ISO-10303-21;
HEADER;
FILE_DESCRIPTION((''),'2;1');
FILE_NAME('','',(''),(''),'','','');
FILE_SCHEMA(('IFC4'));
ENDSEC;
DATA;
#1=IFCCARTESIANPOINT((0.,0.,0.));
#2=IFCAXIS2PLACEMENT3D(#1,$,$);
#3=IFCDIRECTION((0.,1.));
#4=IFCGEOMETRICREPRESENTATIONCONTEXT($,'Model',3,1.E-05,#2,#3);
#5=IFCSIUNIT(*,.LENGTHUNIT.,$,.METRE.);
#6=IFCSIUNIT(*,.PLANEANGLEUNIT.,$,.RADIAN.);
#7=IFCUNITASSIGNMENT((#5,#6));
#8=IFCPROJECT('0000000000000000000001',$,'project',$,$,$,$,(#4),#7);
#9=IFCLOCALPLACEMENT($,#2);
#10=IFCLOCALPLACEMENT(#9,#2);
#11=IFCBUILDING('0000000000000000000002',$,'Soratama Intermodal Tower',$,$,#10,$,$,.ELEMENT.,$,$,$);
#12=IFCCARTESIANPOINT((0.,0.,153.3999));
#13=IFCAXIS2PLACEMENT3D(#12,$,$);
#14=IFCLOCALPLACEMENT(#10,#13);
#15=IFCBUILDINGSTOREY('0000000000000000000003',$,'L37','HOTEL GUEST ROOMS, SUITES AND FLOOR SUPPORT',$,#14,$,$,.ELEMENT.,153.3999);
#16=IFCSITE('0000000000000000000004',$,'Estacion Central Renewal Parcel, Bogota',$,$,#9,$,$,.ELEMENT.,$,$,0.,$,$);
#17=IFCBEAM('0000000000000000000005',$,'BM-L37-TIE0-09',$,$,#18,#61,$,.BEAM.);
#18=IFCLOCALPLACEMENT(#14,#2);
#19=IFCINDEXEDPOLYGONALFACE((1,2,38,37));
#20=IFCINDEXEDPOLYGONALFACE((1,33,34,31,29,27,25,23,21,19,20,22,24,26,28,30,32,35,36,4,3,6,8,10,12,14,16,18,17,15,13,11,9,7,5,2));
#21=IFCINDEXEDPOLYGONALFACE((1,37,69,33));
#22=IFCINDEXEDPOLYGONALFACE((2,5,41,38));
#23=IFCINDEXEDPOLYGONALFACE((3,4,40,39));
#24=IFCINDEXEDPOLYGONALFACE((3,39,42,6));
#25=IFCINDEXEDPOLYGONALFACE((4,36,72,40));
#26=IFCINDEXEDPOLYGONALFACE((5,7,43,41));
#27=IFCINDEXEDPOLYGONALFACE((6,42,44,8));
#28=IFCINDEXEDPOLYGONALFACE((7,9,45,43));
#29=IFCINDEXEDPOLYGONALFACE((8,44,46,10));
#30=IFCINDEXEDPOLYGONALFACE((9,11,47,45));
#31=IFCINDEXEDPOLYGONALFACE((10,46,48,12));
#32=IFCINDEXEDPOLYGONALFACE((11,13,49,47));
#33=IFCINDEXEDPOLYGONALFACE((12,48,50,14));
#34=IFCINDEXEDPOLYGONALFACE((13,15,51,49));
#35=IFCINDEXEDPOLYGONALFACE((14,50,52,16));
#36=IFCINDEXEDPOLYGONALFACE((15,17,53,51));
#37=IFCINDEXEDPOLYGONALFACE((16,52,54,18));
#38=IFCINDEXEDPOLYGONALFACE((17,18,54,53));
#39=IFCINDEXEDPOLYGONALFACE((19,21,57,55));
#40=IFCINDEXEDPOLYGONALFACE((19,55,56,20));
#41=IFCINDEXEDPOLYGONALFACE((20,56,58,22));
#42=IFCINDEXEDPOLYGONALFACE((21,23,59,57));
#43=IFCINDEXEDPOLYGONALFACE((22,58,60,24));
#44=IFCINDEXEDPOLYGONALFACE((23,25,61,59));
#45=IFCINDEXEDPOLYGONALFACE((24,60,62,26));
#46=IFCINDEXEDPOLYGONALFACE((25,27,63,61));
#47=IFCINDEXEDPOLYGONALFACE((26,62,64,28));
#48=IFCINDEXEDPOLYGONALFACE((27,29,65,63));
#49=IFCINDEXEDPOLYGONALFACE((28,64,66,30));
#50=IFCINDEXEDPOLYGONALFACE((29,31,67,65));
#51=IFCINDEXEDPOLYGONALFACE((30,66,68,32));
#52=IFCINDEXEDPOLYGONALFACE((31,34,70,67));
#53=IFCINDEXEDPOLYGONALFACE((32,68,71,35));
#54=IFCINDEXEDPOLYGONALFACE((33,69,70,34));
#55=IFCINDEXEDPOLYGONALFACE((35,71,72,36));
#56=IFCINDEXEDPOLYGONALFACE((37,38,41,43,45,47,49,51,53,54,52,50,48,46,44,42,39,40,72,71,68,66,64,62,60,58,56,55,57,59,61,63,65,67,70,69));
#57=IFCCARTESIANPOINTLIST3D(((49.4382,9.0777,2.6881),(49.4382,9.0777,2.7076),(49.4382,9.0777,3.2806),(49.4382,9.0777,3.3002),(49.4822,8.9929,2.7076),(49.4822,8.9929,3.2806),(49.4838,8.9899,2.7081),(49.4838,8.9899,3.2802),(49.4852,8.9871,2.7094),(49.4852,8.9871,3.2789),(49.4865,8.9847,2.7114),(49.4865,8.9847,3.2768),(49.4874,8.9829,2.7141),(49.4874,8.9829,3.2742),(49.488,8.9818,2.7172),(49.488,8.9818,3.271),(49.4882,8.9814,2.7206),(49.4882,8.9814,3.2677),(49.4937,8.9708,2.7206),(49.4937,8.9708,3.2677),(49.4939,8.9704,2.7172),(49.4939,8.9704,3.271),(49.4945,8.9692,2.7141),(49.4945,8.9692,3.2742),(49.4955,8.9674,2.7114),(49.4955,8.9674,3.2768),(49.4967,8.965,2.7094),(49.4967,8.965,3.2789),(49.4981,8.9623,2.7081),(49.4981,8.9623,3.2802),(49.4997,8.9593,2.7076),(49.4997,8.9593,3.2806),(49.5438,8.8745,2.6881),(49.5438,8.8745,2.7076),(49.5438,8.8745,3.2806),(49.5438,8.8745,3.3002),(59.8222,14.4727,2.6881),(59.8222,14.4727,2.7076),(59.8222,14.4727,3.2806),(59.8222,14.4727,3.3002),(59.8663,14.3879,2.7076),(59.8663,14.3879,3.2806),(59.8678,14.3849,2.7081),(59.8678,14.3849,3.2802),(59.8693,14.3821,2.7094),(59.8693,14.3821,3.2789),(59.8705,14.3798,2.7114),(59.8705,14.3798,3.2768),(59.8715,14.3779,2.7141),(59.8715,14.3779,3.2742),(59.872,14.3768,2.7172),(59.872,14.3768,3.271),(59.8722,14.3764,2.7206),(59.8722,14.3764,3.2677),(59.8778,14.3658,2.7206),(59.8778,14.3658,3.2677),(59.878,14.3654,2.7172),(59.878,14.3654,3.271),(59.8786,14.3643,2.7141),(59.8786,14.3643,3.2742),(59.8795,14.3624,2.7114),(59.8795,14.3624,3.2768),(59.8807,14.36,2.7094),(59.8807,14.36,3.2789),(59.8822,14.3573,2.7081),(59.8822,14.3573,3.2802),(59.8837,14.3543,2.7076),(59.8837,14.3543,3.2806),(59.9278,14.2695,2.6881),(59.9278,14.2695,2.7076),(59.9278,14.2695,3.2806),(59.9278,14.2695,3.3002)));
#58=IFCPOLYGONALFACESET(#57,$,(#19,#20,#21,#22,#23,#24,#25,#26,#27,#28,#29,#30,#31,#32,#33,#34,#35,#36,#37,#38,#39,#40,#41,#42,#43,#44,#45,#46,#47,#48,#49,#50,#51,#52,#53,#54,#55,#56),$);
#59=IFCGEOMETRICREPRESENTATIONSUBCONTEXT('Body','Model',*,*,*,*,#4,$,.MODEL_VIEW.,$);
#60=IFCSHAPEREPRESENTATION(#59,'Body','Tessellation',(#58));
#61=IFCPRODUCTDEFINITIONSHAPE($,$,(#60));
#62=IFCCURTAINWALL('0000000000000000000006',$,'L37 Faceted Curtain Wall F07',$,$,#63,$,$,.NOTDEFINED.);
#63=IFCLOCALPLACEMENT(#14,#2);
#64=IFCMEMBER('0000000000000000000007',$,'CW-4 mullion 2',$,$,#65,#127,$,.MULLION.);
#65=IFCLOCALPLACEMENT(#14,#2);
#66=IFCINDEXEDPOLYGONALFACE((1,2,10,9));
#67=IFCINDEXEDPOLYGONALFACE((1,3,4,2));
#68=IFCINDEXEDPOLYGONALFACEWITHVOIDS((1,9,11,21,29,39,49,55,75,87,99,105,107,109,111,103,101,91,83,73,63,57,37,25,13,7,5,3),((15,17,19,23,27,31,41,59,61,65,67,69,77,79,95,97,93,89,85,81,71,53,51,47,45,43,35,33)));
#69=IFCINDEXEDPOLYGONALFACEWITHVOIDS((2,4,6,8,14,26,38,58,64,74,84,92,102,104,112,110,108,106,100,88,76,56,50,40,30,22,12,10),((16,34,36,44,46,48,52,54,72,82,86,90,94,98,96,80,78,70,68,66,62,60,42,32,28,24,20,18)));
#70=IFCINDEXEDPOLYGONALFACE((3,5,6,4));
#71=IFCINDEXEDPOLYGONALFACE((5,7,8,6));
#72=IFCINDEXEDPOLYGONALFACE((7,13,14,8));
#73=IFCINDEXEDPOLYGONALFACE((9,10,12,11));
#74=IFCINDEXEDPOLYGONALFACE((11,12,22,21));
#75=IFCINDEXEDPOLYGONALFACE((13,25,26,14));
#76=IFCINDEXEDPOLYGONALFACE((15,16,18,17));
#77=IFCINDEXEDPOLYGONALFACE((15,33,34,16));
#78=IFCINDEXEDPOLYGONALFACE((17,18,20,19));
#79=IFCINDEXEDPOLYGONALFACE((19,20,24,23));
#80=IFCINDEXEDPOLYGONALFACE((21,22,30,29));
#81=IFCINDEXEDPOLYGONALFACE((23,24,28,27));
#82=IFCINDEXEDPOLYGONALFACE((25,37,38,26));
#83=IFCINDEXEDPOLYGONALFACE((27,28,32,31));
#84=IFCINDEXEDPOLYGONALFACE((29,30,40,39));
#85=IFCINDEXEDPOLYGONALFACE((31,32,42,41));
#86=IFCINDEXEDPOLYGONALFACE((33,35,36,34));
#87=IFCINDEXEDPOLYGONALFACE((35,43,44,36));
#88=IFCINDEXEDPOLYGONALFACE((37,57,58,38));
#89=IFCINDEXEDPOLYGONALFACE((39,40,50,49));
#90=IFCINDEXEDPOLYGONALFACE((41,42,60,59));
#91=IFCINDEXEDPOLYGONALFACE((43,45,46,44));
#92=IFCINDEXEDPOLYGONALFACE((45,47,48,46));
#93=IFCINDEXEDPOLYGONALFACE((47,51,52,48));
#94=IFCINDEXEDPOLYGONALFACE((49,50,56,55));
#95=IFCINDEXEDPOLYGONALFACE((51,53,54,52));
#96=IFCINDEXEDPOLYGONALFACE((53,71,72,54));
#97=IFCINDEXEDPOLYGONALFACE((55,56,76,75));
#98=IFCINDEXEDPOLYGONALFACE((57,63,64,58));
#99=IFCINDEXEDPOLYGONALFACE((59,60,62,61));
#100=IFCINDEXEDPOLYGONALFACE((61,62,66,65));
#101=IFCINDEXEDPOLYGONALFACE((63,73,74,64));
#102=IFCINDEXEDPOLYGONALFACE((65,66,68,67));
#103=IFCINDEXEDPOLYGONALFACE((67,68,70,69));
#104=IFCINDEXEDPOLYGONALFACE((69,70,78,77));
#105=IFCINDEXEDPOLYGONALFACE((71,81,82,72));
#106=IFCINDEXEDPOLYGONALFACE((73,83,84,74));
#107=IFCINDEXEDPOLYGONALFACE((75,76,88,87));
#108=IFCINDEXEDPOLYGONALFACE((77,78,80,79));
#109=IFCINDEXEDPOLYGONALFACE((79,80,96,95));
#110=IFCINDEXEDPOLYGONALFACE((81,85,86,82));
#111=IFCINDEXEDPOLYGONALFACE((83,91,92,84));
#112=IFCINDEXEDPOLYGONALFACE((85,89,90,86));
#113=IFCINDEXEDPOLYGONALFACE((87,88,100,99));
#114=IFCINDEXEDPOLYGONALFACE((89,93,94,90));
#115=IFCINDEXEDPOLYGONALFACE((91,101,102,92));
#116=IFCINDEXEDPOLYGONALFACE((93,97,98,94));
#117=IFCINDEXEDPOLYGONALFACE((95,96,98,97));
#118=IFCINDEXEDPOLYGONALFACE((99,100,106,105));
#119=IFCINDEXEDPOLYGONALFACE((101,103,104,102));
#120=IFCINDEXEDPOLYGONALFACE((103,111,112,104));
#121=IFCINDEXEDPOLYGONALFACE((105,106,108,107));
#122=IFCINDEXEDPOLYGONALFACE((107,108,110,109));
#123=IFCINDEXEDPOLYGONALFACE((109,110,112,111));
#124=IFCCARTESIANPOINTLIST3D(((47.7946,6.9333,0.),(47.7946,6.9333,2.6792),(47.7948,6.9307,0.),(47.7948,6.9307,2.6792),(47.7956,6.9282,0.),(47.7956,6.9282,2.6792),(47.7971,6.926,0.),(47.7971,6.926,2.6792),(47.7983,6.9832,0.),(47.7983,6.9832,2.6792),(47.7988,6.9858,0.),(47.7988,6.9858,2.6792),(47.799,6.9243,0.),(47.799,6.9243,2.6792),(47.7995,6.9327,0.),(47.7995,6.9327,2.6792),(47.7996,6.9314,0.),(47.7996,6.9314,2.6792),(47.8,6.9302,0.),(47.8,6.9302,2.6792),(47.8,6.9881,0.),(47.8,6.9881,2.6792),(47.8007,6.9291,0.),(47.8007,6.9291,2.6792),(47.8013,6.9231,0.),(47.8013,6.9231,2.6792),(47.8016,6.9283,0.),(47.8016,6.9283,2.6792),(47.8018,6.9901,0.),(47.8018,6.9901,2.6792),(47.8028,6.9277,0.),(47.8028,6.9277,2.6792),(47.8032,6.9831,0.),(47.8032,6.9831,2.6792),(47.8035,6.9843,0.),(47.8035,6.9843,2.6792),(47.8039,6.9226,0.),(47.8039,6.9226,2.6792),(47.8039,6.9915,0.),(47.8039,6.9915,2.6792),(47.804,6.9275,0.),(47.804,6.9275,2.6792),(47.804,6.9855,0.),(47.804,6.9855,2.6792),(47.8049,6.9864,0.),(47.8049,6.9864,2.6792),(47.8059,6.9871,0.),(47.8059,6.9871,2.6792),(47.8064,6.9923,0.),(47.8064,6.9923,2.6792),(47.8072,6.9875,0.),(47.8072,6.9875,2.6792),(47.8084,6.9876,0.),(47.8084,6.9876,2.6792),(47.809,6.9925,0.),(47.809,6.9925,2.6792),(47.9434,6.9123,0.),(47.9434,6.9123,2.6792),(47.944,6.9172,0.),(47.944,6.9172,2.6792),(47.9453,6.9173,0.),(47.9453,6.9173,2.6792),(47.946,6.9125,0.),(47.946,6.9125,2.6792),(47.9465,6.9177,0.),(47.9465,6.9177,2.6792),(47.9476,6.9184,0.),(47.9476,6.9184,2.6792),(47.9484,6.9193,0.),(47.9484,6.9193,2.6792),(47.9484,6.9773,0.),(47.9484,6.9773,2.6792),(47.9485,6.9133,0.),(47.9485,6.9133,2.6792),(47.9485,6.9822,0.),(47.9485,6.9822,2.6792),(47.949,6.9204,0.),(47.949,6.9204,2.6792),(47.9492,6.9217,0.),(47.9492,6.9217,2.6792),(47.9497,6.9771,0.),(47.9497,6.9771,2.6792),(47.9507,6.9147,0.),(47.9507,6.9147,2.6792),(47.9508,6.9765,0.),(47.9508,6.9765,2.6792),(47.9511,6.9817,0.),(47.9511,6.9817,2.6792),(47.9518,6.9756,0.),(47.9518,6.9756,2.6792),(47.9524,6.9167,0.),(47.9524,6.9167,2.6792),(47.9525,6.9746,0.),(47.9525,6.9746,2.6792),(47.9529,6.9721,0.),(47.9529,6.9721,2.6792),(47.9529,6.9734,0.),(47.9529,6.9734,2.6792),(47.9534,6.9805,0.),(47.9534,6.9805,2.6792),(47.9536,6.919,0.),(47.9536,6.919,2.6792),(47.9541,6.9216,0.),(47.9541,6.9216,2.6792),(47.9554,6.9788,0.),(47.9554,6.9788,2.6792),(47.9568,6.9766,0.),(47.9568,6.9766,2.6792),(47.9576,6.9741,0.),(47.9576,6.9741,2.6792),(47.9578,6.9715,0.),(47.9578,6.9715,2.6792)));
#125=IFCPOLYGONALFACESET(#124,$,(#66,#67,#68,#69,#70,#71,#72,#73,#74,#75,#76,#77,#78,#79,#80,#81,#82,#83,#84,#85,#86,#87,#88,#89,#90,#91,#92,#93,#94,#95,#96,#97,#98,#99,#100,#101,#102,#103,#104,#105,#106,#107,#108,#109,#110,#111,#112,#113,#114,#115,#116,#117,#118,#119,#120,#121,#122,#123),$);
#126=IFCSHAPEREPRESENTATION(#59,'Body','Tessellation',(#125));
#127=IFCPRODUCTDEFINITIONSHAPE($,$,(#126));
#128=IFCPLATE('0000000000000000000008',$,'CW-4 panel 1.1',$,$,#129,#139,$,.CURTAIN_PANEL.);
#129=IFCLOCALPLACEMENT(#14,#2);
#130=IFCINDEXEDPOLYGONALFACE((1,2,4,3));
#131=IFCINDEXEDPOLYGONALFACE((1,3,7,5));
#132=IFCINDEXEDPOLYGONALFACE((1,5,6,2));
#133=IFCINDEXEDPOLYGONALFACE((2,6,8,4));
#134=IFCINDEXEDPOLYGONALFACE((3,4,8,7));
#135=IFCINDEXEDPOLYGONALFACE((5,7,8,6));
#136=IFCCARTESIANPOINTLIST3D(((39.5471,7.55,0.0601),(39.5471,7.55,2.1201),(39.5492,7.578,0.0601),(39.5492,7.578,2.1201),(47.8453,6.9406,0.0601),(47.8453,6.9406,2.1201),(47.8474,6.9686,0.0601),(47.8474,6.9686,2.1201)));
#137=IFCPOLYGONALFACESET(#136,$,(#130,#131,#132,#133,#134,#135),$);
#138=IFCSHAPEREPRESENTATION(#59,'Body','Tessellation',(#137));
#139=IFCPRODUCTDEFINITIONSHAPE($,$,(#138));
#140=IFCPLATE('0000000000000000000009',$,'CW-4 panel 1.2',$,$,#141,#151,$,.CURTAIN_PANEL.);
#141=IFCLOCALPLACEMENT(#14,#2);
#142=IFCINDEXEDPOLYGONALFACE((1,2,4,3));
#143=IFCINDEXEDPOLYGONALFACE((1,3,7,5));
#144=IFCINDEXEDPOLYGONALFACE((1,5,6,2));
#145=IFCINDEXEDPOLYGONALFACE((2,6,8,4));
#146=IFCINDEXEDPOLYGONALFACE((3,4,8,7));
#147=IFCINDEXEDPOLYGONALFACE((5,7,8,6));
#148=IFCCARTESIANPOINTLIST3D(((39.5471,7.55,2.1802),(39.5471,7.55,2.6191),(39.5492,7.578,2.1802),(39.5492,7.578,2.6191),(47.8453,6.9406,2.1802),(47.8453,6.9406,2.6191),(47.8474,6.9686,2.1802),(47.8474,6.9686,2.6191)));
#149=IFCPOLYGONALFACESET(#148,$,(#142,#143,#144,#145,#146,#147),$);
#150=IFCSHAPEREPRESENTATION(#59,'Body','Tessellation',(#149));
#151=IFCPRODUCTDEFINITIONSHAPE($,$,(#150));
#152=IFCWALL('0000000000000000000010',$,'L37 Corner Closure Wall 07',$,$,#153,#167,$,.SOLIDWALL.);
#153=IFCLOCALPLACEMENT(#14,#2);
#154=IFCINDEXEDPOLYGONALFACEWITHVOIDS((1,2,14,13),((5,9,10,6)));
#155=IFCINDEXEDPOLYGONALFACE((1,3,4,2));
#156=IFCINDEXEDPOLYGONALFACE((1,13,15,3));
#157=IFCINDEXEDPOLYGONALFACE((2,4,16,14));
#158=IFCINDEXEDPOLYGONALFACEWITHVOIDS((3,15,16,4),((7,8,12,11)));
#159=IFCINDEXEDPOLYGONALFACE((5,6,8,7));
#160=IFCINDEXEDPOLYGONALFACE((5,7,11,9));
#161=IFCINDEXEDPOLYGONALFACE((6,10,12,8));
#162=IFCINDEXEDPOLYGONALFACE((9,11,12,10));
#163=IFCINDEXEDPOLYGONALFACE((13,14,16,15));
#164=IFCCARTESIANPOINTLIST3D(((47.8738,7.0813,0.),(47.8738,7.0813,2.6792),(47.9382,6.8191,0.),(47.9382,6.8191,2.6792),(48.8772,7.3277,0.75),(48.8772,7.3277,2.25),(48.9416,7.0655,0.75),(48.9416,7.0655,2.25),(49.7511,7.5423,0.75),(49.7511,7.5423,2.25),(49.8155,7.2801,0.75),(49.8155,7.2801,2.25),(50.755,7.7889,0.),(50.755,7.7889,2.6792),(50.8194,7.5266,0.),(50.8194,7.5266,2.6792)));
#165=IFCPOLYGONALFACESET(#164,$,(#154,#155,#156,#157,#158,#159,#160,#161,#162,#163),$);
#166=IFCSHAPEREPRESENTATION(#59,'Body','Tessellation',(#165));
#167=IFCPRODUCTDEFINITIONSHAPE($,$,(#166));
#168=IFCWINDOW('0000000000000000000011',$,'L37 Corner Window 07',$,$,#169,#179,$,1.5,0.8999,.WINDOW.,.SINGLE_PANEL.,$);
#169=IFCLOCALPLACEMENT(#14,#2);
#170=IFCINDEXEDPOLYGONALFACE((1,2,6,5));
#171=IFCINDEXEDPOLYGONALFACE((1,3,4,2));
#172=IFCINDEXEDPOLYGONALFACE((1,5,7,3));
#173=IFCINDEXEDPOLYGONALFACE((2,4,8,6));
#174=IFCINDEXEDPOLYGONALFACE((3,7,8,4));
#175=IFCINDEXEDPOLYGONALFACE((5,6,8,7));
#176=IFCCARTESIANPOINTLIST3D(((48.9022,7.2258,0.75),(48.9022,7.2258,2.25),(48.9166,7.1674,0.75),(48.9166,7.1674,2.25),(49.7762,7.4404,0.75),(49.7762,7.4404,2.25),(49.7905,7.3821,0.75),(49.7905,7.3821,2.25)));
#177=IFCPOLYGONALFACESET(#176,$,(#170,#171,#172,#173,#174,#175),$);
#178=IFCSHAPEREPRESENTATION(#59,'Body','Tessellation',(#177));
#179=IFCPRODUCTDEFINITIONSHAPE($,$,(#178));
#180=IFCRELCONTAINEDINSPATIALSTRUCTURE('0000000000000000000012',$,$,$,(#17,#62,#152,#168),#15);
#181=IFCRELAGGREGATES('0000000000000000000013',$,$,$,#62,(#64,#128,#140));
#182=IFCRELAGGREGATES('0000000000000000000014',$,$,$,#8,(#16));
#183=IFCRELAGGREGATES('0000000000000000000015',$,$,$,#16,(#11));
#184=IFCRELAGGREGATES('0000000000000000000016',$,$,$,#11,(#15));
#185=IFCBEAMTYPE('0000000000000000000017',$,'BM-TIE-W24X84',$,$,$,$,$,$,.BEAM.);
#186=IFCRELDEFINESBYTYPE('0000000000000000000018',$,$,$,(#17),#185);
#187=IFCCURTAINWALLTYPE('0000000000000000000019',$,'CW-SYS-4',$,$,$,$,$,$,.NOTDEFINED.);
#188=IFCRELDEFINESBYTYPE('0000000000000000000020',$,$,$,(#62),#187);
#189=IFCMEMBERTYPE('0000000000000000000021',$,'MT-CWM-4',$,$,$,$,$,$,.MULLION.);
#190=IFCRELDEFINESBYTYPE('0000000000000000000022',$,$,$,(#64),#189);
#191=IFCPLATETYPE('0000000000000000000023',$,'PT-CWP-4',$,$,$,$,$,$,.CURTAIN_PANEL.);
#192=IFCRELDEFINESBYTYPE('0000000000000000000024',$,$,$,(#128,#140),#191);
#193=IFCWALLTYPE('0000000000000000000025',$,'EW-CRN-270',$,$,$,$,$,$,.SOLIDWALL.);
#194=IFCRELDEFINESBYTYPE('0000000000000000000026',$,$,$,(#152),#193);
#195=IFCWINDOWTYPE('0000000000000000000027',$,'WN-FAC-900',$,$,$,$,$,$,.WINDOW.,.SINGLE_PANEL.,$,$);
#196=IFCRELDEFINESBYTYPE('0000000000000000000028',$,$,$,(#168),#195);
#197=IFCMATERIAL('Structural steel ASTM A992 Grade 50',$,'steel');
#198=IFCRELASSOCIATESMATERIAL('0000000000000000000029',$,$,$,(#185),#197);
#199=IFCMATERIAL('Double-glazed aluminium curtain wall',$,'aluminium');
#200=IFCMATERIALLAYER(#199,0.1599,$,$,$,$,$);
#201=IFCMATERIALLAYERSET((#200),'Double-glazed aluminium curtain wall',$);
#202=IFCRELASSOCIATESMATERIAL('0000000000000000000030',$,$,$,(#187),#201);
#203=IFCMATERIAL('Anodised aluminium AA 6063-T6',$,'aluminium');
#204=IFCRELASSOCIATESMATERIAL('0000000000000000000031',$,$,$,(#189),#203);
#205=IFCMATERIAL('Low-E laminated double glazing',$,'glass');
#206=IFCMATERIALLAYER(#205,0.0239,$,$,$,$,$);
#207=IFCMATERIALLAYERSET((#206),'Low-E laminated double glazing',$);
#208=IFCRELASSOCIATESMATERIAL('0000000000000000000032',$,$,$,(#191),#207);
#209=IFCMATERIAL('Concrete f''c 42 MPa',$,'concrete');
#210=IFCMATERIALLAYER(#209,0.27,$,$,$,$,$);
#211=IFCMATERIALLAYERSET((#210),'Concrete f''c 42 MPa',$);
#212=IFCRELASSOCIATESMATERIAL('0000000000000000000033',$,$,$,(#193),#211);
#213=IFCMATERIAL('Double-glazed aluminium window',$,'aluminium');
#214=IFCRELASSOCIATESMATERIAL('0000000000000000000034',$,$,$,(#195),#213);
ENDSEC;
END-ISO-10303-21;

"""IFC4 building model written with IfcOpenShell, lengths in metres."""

from ifc_helpers import new_model, si_unit, direction, frame, frame_2d, origin, origin_2d, place, context, subcontext, project, spatial, rectangle, hollow_rectangle, i_section, extrude, material, layer, layer_set, material_profile, profile_set, type_object, element, fill, aggregate, save


model = new_model("IFC4")

# Units and contexts
model_context = context("Model", 3, precision=1e-05, world=origin(), true_north=direction((0.0, 1.0)))
body_context = subcontext(model_context, "Body", "Model", "MODEL_VIEW")
ifc_project = project(units=[si_unit("LENGTHUNIT", "METRE"), si_unit("PLANEANGLEUNIT", "RADIAN")], contexts=[model_context])

# Site, building, storey
site_placement = place(None, origin())
site = spatial("IfcSite", under=ifc_project, at=site_placement, Name="Estacion Central Renewal Parcel, Bogota", CompositionType="ELEMENT", RefElevation=0.0)
building_placement = place(site_placement, origin())
building = spatial("IfcBuilding", under=site, at=building_placement, Name="Soratama Intermodal Tower", CompositionType="ELEMENT")
storey_placement = place(building_placement, frame((0.0, 0.0, 153.3999)))
storey = spatial("IfcBuildingStorey", under=building, at=storey_placement, Name="L37", Description="HOTEL GUEST ROOMS, SUITES AND FLOOR SUPPORT", CompositionType="ELEMENT", Elevation=153.3999)

# Beam
ifc_material_1 = material(Name="Structural steel ASTM A992 Grade 50", Category="steel")
ifc_material_profile_1 = material_profile(ifc_material_1, i_section(OverallWidth=0.229, OverallDepth=0.6121, WebThickness=0.012, FlangeThickness=0.0195, FilletRadius=0.0129, at=origin_2d()), Name="W24X84")
ifc_profile_set_1 = profile_set([ifc_material_profile_1], Name="Structural steel ASTM A992 Grade 50")
beam_type_1 = type_object("IfcBeamType", Name="BM-TIE-W24X84", PredefinedType="BEAM", material=ifc_profile_set_1)
beam_1_placement = place(storey_placement, frame((49.491, 8.9761, 2.9941), z_axis=(0.88738, 0.461038, 0.0), x_axis=(-0.461038, 0.88738, 0.0)))
element("IfcBeam", 1, at=beam_1_placement, inside=storey, type_object=beam_type_1, Name="BM-L37-TIE0-09", PredefinedType="BEAM", context=body_context, shape_type="SweptSolid", body=[
    extrude(i_section(OverallWidth=0.229, OverallDepth=0.6121, WebThickness=0.012, FlangeThickness=0.0195, FilletRadius=0.0129, at=origin_2d()), origin(), (0.0, 0.0, 1.0), 11.7019),
])

# Curtain wall, member, plates
ifc_material_2 = material(Name="Double-glazed aluminium curtain wall", Category="aluminium")
ifc_layer_1 = layer(ifc_material_2, 0.1599)
ifc_layer_set_1 = layer_set([ifc_layer_1], Name="Double-glazed aluminium curtain wall")
curtain_wall_type = type_object("IfcCurtainWallType", Name="CW-SYS-4", PredefinedType="NOTDEFINED", material=ifc_layer_set_1)
curtain_wall_placement = place(storey_placement, origin())
curtain_wall = element("IfcCurtainWall", 2, at=curtain_wall_placement, inside=storey, type_object=curtain_wall_type, Name="L37 Faceted Curtain Wall F07", PredefinedType="NOTDEFINED")
ifc_material_3 = material(Name="Anodised aluminium AA 6063-T6", Category="aluminium")
ifc_material_profile_2 = material_profile(ifc_material_3, hollow_rectangle(XDim=0.0701, YDim=0.1599, WallThickness=0.0049, InnerFilletRadius=0.0049, OuterFilletRadius=0.01, at=origin_2d()), Name="CWM160X70X5")
ifc_profile_set_2 = profile_set([ifc_material_profile_2], Name="Anodised aluminium AA 6063-T6")
member_type = type_object("IfcMemberType", Name="MT-CWM-4", PredefinedType="MULLION", material=ifc_profile_set_2)
member_placement = place(storey_placement, frame((47.8762, 6.9524, 0.0), z_axis=(0.0, 0.0, 1.0), x_axis=(0.073242, 0.997314, 0.0)))
member = element("IfcMember", 3, at=member_placement, type_object=member_type, Name="CW-4 mullion 2", PredefinedType="MULLION", context=body_context, shape_type="SweptSolid", body=[
    extrude(hollow_rectangle(XDim=0.0701, YDim=0.1599, WallThickness=0.0049, InnerFilletRadius=0.0049, OuterFilletRadius=0.01, at=origin_2d()), origin(), (0.0, 0.0, 1.0), 2.6792),
])
ifc_material_4 = material(Name="Low-E laminated double glazing", Category="glass")
ifc_layer_2 = layer(ifc_material_4, 0.0239)
ifc_layer_set_2 = layer_set([ifc_layer_2], Name="Low-E laminated double glazing")
plate_type = type_object("IfcPlateType", Name="PT-CWP-4", PredefinedType="CURTAIN_PANEL", material=ifc_layer_set_2)
plate_1_placement = place(storey_placement, frame((43.6973, 7.2593, 0.0601), z_axis=(0.0, 0.0, 1.0), x_axis=(0.997314, -0.073242, 0.0)))
plate_1 = element("IfcPlate", 4, at=plate_1_placement, type_object=plate_type, Name="CW-4 panel 1.1", PredefinedType="CURTAIN_PANEL", context=body_context, shape_type="SweptSolid", body=[
    extrude(rectangle(XDim=8.3206, YDim=0.0281, at=origin_2d()), origin(), (0.0, 0.0, 1.0), 2.0601),
])
plate_2_placement = place(storey_placement, frame((43.6973, 7.2593, 2.1802), z_axis=(0.0, 0.0, 1.0), x_axis=(0.997314, -0.073242, 0.0)))
plate_2 = element("IfcPlate", 5, at=plate_2_placement, type_object=plate_type, Name="CW-4 panel 1.2", PredefinedType="CURTAIN_PANEL", context=body_context, shape_type="SweptSolid", body=[
    extrude(rectangle(XDim=8.3206, YDim=0.0281, at=origin_2d()), origin(), (0.0, 0.0, 1.0), 0.439),
])
aggregate(curtain_wall, [member, plate_1, plate_2])

# Wall, opening, window
ifc_material_5 = material(Name="Concrete f'c 42 MPa", Category="concrete")
ifc_layer_3 = layer(ifc_material_5, 0.27)
ifc_layer_set_3 = layer_set([ifc_layer_3], Name="Concrete f'c 42 MPa")
wall_type_1 = type_object("IfcWallType", Name="EW-CRN-270", PredefinedType="SOLIDWALL", material=ifc_layer_set_3)
wall_1_placement = place(storey_placement, frame((47.906, 6.9502, 0.0), z_axis=(0.0, 0.0, 1.0), x_axis=(0.971146, 0.238487, 0.0)))
wall_1 = element("IfcWall", 6, at=wall_1_placement, inside=storey, type_object=wall_type_1, Name="L37 Corner Closure Wall 07", PredefinedType="SOLIDWALL", context=body_context, shape_type="SweptSolid", body=[
    extrude(rectangle(XDim=2.9668, YDim=0.27, at=frame_2d((1.4834, 0.0))), origin(), (0.0, 0.0, 1.0), 2.6792),
])
opening_1_placement = place(wall_1_placement, frame((1.0332, 0.0, 0.75)))
opening_1 = element("IfcOpeningElement", 7, at=opening_1_placement, cuts=wall_1, PredefinedType="OPENING", context=body_context, shape_type="SweptSolid", body=[
    extrude(rectangle(XDim=0.8999, YDim=1.5, at=frame_2d((0.45, 0.75))), frame((0.0, 0.145, 0.0), z_axis=(0.0, -1.0, 0.0), x_axis=(1.0, 0.0, 0.0)), (0.0, 0.0, 1.0), 0.29),
])
ifc_material_6 = material(Name="Double-glazed aluminium window", Category="aluminium")
window_type = type_object("IfcWindowType", Name="WN-FAC-900", PartitioningType="SINGLE_PANEL", PredefinedType="WINDOW", material=ifc_material_6)
window_placement = place(opening_1_placement, origin())
window = element("IfcWindow", 8, at=window_placement, inside=storey, type_object=window_type, Name="L37 Corner Window 07", OverallHeight=1.5, OverallWidth=0.8999, PartitioningType="SINGLE_PANEL", PredefinedType="WINDOW", context=body_context, shape_type="SweptSolid", body=[
    extrude(rectangle(XDim=0.8999, YDim=1.5, at=frame_2d((0.45, 0.75))), frame((0.0, 0.03, 0.0), z_axis=(0.0, -1.0, 0.0), x_axis=(1.0, 0.0, 0.0)), (0.0, 0.0, 1.0), 0.0601),
])
fill(opening_1, window)

save(model, "model.ifc")
